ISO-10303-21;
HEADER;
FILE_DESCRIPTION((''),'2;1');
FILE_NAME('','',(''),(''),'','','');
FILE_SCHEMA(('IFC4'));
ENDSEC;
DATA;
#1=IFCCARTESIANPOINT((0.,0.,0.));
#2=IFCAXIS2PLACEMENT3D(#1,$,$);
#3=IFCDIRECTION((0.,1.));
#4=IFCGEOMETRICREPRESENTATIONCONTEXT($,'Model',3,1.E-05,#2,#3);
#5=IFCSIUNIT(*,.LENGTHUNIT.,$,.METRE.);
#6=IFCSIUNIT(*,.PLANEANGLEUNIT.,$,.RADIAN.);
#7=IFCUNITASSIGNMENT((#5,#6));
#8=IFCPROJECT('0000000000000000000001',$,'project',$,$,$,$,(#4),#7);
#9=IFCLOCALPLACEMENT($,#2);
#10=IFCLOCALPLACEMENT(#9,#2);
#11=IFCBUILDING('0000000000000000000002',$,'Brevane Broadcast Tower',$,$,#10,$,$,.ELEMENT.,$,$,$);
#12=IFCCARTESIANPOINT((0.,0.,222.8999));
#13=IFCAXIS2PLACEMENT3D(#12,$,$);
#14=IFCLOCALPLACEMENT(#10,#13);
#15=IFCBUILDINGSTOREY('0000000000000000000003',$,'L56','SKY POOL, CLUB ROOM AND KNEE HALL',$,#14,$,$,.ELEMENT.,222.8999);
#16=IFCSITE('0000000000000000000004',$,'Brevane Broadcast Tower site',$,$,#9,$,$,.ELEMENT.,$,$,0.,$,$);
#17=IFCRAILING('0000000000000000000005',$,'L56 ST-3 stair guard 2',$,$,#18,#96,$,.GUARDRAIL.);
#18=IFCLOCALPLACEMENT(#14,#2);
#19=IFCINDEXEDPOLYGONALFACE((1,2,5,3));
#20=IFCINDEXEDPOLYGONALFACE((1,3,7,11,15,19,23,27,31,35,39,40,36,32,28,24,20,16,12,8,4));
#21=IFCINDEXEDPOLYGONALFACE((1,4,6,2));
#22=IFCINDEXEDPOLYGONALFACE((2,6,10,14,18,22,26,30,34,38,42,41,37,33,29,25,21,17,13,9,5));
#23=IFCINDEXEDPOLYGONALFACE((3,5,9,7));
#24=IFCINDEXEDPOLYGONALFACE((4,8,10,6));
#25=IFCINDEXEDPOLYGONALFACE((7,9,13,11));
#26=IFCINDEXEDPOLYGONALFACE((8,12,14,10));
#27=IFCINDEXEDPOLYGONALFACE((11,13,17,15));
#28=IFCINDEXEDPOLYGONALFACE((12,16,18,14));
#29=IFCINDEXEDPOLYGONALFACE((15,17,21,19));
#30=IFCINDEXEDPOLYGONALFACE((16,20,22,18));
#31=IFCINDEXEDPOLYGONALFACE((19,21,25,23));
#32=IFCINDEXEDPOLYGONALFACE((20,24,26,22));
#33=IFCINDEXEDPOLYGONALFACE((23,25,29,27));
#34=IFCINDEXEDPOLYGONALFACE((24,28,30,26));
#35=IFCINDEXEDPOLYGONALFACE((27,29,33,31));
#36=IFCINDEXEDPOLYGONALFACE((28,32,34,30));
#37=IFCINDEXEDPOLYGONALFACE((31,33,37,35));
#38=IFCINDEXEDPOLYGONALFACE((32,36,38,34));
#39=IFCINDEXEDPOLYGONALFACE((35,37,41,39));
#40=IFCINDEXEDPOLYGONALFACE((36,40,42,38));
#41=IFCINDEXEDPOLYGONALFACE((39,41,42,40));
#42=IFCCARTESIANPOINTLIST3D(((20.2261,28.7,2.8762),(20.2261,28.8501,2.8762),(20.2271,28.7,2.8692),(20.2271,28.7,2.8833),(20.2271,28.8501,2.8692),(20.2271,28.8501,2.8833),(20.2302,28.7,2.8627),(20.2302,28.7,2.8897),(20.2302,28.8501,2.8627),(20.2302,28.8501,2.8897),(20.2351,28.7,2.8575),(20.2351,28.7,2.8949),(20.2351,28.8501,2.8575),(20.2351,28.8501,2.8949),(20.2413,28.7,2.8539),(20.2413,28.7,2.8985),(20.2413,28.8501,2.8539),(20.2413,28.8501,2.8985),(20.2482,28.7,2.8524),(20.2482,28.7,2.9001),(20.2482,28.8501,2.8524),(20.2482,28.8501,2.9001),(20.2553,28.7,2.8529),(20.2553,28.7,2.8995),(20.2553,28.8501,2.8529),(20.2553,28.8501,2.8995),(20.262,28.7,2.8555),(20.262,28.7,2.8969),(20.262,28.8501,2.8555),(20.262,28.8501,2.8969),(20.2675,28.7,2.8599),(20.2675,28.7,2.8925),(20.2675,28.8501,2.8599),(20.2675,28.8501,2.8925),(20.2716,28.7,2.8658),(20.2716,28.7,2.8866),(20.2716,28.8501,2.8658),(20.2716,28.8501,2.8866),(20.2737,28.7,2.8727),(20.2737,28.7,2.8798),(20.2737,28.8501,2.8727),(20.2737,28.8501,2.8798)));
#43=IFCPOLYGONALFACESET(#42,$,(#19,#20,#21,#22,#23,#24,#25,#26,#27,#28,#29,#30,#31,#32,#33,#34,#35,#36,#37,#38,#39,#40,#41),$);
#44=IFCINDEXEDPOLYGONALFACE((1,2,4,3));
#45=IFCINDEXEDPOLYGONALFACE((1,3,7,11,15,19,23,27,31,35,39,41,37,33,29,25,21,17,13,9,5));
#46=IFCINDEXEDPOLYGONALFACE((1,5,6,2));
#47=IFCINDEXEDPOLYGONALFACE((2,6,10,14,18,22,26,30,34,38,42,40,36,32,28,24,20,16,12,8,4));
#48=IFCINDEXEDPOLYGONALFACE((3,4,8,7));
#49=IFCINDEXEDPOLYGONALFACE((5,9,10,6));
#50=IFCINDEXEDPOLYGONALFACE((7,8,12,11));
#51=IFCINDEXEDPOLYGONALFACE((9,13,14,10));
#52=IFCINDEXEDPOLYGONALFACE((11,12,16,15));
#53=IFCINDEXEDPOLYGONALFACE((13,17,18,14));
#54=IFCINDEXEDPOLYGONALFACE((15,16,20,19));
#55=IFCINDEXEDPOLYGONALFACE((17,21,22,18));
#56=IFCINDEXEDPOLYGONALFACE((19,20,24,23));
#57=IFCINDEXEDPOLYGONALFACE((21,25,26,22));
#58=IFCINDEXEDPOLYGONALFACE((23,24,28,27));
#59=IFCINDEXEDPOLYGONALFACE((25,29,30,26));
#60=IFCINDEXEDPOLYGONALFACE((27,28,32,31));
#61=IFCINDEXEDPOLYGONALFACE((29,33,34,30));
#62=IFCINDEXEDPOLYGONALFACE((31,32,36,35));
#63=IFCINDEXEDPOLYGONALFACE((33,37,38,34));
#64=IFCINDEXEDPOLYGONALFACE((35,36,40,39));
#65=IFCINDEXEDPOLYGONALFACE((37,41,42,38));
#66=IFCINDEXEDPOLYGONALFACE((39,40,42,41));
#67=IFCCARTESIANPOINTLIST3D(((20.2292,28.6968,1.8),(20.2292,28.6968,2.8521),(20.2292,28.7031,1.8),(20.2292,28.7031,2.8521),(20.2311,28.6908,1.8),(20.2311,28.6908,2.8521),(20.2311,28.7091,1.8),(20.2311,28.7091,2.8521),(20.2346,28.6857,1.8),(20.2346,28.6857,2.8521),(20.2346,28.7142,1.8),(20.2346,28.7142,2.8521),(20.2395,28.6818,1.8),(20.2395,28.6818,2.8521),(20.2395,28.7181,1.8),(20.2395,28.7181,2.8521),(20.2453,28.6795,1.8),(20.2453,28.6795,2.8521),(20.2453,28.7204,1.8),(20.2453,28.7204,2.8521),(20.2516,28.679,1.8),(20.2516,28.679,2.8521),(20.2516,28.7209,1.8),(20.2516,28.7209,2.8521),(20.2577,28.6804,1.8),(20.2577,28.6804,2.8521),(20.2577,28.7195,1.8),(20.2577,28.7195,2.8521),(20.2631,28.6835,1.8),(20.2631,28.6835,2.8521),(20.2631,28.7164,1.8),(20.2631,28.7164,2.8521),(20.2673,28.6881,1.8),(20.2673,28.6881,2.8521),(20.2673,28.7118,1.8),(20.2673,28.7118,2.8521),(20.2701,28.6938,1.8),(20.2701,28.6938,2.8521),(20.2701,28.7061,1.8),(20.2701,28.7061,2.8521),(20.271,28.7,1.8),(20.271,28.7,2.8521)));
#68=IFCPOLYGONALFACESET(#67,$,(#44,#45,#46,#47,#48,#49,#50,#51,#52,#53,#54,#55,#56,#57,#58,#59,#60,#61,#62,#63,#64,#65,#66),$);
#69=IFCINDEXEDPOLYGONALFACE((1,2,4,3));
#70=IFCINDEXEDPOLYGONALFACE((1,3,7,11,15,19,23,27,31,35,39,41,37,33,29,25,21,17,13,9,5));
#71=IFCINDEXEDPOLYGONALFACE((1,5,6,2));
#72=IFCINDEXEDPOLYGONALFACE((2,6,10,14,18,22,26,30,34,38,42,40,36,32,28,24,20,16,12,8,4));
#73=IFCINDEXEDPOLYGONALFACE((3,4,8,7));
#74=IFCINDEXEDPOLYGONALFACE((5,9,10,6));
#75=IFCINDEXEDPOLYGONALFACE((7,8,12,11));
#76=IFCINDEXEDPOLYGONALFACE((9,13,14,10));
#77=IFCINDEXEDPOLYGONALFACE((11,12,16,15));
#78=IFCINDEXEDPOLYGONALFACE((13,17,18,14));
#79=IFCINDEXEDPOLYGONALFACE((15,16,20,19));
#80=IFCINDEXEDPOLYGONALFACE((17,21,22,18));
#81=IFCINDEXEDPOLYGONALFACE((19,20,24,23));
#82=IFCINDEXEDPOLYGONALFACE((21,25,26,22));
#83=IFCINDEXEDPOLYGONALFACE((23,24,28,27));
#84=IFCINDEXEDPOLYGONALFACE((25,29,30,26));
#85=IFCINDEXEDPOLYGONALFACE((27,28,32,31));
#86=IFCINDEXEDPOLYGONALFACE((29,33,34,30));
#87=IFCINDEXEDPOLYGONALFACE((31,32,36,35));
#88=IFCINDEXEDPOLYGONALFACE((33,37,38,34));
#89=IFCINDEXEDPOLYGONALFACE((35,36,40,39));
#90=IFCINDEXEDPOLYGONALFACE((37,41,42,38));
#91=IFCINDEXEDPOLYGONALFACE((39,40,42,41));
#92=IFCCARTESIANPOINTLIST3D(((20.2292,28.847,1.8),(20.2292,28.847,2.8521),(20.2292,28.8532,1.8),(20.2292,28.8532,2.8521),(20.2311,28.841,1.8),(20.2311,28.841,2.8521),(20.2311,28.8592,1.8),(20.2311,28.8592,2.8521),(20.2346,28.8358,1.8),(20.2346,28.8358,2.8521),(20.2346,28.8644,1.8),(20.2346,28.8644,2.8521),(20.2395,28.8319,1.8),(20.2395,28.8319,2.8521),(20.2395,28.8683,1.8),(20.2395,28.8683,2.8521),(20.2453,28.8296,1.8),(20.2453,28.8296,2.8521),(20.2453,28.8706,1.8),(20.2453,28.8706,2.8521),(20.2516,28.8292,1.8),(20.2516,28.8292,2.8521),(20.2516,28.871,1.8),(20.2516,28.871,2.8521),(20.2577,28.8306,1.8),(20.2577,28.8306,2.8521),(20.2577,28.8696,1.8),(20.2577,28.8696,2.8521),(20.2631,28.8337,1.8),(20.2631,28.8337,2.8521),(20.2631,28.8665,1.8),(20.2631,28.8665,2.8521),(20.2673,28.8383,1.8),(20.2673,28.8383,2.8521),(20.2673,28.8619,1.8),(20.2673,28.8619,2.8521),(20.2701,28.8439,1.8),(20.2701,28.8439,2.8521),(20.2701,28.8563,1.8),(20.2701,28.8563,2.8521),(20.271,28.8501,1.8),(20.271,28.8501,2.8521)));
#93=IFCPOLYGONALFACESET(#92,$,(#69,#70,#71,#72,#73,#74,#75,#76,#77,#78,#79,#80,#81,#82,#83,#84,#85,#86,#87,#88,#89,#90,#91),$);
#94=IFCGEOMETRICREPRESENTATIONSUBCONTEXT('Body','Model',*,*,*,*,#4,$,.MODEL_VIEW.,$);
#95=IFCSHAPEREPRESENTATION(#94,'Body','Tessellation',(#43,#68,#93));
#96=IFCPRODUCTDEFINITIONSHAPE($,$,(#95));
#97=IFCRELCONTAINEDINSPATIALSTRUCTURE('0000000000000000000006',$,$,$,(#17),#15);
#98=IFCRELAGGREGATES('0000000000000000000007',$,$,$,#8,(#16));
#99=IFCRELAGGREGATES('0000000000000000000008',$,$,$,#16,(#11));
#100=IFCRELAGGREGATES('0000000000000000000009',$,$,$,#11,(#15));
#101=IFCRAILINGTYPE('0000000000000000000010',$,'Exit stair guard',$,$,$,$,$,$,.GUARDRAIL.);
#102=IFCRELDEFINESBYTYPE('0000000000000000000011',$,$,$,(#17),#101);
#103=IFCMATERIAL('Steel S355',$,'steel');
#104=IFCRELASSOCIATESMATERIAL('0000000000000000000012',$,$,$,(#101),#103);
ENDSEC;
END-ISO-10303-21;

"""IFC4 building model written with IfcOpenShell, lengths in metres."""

from ifc_helpers import new_model, si_unit, direction, frame, origin, origin_2d, place, context, subcontext, project, spatial, circle, extrude, material, type_object, element, save


model = new_model("IFC4")

# Units and contexts
model_context = context("Model", 3, precision=1e-05, world=origin(), true_north=direction((0.0, 1.0)))
body_context = subcontext(model_context, "Body", "Model", "MODEL_VIEW")
ifc_project = project(units=[si_unit("LENGTHUNIT", "METRE"), si_unit("PLANEANGLEUNIT", "RADIAN")], contexts=[model_context])

# Site, building, storey
site_placement = place(None, origin())
site = spatial("IfcSite", under=ifc_project, at=site_placement, Name="Brevane Broadcast Tower site", CompositionType="ELEMENT", RefElevation=0.0)
building_placement = place(site_placement, origin())
building = spatial("IfcBuilding", under=site, at=building_placement, Name="Brevane Broadcast Tower", CompositionType="ELEMENT")
storey_placement = place(building_placement, frame((0.0, 0.0, 222.8999)))
storey = spatial("IfcBuildingStorey", under=building, at=storey_placement, Name="L56", Description="SKY POOL, CLUB ROOM AND KNEE HALL", CompositionType="ELEMENT", Elevation=222.8999)

# Railing
ifc_material_1 = material(Name="Steel S355", Category="steel")
railing_type_1 = type_object("IfcRailingType", Name="Exit stair guard", PredefinedType="GUARDRAIL", material=ifc_material_1)
railing_1_placement = place(storey_placement, frame((20.25, 28.7, 1.8)))
element("IfcRailing", 1, at=railing_1_placement, inside=storey, type_object=railing_type_1, Name="L56 ST-3 stair guard 2", PredefinedType="GUARDRAIL", context=body_context, shape_type="SweptSolid", body=[
    extrude(circle(Radius=0.0239, at=origin_2d()), frame((0.0, 0.0, 1.0762), z_axis=(0.0, 1.0, 0.0), x_axis=(-1.0, 0.0, 0.0)), (0.0, 0.0, 1.0), 0.1501),
    extrude(circle(Radius=0.021, at=origin_2d()), origin(), (0.0, 0.0, 1.0), 1.052),
    extrude(circle(Radius=0.021, at=origin_2d()), frame((0.0, 0.1501, 0.0)), (0.0, 0.0, 1.0), 1.052),
])

save(model, "model.ifc")
